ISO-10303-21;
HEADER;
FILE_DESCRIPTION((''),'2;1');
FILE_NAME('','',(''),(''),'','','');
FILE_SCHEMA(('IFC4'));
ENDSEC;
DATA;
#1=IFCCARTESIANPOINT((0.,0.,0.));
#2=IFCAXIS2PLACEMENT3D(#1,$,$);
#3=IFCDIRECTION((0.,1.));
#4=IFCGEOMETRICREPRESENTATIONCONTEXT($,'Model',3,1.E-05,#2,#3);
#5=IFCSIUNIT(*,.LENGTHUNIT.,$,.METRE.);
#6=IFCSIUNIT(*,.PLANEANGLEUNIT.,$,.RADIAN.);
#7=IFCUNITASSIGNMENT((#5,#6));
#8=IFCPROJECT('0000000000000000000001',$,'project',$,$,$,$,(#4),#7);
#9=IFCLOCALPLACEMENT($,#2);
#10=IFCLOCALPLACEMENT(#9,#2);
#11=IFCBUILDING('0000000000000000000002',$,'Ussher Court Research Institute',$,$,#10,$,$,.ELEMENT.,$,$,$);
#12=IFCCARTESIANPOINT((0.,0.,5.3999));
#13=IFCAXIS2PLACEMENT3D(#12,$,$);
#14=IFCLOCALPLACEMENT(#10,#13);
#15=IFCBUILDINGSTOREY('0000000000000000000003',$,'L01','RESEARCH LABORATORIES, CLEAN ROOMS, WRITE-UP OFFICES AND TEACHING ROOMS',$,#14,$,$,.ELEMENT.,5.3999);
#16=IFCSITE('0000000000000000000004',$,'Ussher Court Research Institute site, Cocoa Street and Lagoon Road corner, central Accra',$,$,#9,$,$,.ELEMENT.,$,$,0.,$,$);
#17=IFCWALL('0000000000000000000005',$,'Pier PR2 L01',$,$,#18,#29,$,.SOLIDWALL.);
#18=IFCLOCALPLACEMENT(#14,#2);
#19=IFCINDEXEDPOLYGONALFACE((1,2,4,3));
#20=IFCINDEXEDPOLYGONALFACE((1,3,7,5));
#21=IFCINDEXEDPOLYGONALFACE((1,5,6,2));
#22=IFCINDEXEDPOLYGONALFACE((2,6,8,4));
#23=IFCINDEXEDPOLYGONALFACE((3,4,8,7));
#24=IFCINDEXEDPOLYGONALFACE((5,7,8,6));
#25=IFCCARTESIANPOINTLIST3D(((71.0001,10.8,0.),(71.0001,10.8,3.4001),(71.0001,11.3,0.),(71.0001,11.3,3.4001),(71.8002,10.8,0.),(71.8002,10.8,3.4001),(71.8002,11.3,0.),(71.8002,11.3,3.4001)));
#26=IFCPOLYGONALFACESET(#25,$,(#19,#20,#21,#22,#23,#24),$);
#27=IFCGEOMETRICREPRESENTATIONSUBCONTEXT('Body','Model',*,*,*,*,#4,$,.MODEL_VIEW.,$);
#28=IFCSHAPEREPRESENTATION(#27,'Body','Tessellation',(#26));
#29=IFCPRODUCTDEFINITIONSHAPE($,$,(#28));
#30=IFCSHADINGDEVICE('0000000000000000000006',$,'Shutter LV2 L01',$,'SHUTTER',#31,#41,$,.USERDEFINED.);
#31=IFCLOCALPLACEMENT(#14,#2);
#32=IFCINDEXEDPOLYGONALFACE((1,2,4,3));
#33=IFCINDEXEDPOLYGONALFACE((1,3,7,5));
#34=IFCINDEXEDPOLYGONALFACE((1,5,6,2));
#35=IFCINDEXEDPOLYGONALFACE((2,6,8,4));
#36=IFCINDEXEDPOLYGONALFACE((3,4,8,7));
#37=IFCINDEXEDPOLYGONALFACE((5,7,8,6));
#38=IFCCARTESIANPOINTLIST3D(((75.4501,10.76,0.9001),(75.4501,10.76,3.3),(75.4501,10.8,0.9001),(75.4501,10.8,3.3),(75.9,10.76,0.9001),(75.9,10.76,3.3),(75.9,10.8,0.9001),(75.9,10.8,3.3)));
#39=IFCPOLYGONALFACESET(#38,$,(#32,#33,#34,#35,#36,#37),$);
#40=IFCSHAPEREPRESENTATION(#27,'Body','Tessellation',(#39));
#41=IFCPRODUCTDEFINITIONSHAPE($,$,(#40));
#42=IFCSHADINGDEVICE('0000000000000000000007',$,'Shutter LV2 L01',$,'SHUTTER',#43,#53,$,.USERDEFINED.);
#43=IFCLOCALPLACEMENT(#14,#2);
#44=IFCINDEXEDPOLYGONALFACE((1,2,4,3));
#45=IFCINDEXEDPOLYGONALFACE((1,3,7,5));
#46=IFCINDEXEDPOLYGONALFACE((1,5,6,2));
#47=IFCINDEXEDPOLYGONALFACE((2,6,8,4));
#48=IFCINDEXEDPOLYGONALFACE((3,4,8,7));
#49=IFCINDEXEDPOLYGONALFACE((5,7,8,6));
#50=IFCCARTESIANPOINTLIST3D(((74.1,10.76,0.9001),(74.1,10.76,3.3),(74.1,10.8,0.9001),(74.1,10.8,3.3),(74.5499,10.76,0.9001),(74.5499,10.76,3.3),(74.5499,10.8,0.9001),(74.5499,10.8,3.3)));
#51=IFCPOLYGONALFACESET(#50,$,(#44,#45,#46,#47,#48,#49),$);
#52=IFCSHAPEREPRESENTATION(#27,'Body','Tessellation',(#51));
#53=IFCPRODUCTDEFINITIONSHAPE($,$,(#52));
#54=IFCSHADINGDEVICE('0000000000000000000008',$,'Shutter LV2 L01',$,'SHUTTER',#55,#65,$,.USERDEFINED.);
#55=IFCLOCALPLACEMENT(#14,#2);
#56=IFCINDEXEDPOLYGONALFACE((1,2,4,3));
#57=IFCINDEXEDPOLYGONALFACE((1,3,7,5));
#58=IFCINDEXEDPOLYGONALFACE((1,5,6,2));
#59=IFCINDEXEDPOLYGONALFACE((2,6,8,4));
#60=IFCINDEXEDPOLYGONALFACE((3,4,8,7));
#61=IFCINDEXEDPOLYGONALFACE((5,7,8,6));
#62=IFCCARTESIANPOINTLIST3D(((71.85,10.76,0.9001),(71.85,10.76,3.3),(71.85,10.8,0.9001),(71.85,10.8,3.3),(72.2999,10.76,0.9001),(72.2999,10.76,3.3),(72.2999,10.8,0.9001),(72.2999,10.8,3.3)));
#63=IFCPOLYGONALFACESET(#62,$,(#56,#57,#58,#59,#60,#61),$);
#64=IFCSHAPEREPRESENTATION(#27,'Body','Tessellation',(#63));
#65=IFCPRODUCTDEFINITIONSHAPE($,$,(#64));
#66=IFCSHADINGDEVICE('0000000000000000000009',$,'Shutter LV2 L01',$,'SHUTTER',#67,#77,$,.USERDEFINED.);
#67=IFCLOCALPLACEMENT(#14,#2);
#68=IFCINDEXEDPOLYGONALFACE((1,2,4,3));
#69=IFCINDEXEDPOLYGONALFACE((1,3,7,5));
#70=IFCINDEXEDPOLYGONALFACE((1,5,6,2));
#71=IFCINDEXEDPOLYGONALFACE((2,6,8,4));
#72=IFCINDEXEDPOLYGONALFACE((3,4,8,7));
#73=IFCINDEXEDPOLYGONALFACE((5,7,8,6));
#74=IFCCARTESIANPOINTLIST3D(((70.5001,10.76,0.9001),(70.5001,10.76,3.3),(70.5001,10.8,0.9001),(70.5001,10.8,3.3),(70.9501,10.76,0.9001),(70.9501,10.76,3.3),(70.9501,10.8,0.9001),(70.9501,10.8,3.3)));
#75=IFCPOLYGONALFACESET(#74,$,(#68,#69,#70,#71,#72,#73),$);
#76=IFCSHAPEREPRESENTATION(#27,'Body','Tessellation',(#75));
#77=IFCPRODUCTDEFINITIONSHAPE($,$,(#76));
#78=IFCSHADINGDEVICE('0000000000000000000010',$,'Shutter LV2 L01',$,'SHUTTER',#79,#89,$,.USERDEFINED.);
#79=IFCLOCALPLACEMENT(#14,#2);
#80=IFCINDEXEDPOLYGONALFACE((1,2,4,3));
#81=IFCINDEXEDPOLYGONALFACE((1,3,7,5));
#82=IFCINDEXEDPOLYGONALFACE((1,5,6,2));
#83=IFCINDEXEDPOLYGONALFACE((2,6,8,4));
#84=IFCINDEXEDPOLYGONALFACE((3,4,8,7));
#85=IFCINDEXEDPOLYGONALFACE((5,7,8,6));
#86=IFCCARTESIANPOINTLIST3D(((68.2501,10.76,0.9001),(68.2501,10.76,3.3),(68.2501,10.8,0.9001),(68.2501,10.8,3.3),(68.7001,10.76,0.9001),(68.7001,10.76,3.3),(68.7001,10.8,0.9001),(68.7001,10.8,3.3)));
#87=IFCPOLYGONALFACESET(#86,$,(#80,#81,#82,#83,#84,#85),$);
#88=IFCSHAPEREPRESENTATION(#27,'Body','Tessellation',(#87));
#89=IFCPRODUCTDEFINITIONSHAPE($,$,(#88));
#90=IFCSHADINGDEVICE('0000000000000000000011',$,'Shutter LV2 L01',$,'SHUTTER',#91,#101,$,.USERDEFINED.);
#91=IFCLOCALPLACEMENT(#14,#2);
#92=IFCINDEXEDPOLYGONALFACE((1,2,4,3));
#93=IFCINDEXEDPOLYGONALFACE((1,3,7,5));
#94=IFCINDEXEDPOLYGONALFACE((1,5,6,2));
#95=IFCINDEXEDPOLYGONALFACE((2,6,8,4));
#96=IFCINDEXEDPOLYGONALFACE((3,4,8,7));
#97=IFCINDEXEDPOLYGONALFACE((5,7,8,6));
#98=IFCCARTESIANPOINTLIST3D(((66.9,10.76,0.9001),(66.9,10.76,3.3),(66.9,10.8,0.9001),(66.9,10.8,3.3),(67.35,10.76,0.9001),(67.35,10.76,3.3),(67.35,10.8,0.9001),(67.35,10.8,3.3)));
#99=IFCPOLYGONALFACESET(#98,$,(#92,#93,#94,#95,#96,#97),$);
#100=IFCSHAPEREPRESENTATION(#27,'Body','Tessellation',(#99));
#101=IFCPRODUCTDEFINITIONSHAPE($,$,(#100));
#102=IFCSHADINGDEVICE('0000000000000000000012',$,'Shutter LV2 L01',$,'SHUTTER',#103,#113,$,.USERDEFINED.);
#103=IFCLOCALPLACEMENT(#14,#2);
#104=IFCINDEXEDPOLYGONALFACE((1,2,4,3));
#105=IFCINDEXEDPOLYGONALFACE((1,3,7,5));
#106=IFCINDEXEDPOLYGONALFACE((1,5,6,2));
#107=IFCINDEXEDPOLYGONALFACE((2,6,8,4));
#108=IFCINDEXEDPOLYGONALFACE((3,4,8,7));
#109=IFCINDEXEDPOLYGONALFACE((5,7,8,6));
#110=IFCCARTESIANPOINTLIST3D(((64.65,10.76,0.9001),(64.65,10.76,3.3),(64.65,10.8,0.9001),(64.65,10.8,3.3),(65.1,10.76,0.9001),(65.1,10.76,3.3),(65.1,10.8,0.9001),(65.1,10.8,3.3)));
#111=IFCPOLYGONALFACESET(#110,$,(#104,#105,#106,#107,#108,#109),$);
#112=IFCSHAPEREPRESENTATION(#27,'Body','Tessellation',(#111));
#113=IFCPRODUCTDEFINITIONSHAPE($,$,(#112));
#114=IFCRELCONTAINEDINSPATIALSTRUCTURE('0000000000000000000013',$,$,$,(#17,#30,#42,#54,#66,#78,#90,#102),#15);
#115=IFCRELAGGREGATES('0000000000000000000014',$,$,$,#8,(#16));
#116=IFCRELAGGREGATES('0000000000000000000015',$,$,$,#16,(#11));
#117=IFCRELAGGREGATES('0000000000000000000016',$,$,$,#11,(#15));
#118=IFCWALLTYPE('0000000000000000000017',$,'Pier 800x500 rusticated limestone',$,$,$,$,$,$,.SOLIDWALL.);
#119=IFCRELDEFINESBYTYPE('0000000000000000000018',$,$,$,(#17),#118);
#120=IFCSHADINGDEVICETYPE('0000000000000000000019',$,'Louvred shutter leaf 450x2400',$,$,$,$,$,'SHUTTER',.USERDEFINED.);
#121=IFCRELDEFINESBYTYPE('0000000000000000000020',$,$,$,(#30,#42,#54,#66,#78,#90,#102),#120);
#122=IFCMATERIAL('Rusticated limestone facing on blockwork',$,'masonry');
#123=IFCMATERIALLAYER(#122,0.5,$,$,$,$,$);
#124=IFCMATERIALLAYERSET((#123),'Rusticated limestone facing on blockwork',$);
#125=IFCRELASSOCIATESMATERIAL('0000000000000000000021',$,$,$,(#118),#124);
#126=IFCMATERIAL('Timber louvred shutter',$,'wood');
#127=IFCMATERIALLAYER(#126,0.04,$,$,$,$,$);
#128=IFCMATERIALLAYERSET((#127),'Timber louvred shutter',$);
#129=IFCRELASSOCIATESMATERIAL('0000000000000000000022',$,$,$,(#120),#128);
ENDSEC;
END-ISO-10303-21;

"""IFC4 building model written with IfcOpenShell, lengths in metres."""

from ifc_helpers import new_model, si_unit, direction, frame, frame_2d, origin, origin_2d, place, context, subcontext, project, spatial, rectangle, extrude, material, layer, layer_set, type_object, element, save


model = new_model("IFC4")

# Units and contexts
model_context = context("Model", 3, precision=1e-05, world=origin(), true_north=direction((0.0, 1.0)))
body_context = subcontext(model_context, "Body", "Model", "MODEL_VIEW")
ifc_project = project(units=[si_unit("LENGTHUNIT", "METRE"), si_unit("PLANEANGLEUNIT", "RADIAN")], contexts=[model_context])

# Site, building, storey
site_placement = place(None, origin())
site = spatial("IfcSite", under=ifc_project, at=site_placement, Name="Ussher Court Research Institute site, Cocoa Street and Lagoon Road corner, central Accra", CompositionType="ELEMENT", RefElevation=0.0)
building_placement = place(site_placement, origin())
building = spatial("IfcBuilding", under=site, at=building_placement, Name="Ussher Court Research Institute", CompositionType="ELEMENT")
storey_placement = place(building_placement, frame((0.0, 0.0, 5.3999)))
storey = spatial("IfcBuildingStorey", under=building, at=storey_placement, Name="L01", Description="RESEARCH LABORATORIES, CLEAN ROOMS, WRITE-UP OFFICES AND TEACHING ROOMS", CompositionType="ELEMENT", Elevation=5.3999)

# Wall
ifc_material_1 = material(Name="Rusticated limestone facing on blockwork", Category="masonry")
ifc_layer_1 = layer(ifc_material_1, 0.5)
ifc_layer_set_1 = layer_set([ifc_layer_1], Name="Rusticated limestone facing on blockwork")
wall_type_1 = type_object("IfcWallType", Name="Pier 800x500 rusticated limestone", PredefinedType="SOLIDWALL", material=ifc_layer_set_1)
wall_1_placement = place(storey_placement, frame((71.8, 11.05, 0.0), z_axis=(0.0, 0.0, 1.0), x_axis=(-1.0, 0.0, 0.0)))
element("IfcWall", 1, at=wall_1_placement, inside=storey, type_object=wall_type_1, Name="Pier PR2 L01", PredefinedType="SOLIDWALL", context=body_context, shape_type="SweptSolid", body=[
    extrude(rectangle(XDim=0.8, YDim=0.5, at=frame_2d((0.3999, 0.0))), origin(), (0.0, 0.0, 1.0), 3.4001),
])

# Shading devices
ifc_material_2 = material(Name="Timber louvred shutter", Category="wood")
ifc_layer_2 = layer(ifc_material_2, 0.04)
ifc_layer_set_2 = layer_set([ifc_layer_2], Name="Timber louvred shutter")
shading_device_type = type_object("IfcShadingDeviceType", Name="Louvred shutter leaf 450x2400", ElementType="SHUTTER", PredefinedType="USERDEFINED", material=ifc_layer_set_2)
for number, where, z_axis, x_axis, name in (
    (2, (75.675, 10.78, 0.9001), (0.0, 0.0, 1.0), (-1.0, 0.0, 0.0), "Shutter LV2 L01"),
    (3, (74.325, 10.78, 0.9001), (0.0, 0.0, 1.0), (-1.0, 0.0, 0.0), "Shutter LV2 L01"),
    (4, (72.075, 10.78, 0.9001), (0.0, 0.0, 1.0), (-1.0, 0.0, 0.0), "Shutter LV2 L01"),
    (5, (70.7251, 10.78, 0.9001), (0.0, 0.0, 1.0), (-1.0, 0.0, 0.0), "Shutter LV2 L01"),
    (6, (68.4751, 10.78, 0.9001), (0.0, 0.0, 1.0), (-1.0, 0.0, 0.0), "Shutter LV2 L01"),
    (7, (67.125, 10.78, 0.9001), (0.0, 0.0, 1.0), (-1.0, 0.0, 0.0), "Shutter LV2 L01"),
    (8, (64.875, 10.78, 0.9001), (0.0, 0.0, 1.0), (-1.0, 0.0, 0.0), "Shutter LV2 L01"),
):
    element("IfcShadingDevice", number, at=place(storey_placement, frame(where, z_axis=z_axis, x_axis=x_axis)), inside=storey, type_object=shading_device_type, Name=name, ObjectType="SHUTTER", PredefinedType="USERDEFINED", context=body_context, shape_type="SweptSolid", body=[
        extrude(rectangle(XDim=0.45, YDim=0.04, at=origin_2d()), origin(), (0.0, 0.0, 1.0), 2.3999),
    ])

save(model, "model.ifc")
